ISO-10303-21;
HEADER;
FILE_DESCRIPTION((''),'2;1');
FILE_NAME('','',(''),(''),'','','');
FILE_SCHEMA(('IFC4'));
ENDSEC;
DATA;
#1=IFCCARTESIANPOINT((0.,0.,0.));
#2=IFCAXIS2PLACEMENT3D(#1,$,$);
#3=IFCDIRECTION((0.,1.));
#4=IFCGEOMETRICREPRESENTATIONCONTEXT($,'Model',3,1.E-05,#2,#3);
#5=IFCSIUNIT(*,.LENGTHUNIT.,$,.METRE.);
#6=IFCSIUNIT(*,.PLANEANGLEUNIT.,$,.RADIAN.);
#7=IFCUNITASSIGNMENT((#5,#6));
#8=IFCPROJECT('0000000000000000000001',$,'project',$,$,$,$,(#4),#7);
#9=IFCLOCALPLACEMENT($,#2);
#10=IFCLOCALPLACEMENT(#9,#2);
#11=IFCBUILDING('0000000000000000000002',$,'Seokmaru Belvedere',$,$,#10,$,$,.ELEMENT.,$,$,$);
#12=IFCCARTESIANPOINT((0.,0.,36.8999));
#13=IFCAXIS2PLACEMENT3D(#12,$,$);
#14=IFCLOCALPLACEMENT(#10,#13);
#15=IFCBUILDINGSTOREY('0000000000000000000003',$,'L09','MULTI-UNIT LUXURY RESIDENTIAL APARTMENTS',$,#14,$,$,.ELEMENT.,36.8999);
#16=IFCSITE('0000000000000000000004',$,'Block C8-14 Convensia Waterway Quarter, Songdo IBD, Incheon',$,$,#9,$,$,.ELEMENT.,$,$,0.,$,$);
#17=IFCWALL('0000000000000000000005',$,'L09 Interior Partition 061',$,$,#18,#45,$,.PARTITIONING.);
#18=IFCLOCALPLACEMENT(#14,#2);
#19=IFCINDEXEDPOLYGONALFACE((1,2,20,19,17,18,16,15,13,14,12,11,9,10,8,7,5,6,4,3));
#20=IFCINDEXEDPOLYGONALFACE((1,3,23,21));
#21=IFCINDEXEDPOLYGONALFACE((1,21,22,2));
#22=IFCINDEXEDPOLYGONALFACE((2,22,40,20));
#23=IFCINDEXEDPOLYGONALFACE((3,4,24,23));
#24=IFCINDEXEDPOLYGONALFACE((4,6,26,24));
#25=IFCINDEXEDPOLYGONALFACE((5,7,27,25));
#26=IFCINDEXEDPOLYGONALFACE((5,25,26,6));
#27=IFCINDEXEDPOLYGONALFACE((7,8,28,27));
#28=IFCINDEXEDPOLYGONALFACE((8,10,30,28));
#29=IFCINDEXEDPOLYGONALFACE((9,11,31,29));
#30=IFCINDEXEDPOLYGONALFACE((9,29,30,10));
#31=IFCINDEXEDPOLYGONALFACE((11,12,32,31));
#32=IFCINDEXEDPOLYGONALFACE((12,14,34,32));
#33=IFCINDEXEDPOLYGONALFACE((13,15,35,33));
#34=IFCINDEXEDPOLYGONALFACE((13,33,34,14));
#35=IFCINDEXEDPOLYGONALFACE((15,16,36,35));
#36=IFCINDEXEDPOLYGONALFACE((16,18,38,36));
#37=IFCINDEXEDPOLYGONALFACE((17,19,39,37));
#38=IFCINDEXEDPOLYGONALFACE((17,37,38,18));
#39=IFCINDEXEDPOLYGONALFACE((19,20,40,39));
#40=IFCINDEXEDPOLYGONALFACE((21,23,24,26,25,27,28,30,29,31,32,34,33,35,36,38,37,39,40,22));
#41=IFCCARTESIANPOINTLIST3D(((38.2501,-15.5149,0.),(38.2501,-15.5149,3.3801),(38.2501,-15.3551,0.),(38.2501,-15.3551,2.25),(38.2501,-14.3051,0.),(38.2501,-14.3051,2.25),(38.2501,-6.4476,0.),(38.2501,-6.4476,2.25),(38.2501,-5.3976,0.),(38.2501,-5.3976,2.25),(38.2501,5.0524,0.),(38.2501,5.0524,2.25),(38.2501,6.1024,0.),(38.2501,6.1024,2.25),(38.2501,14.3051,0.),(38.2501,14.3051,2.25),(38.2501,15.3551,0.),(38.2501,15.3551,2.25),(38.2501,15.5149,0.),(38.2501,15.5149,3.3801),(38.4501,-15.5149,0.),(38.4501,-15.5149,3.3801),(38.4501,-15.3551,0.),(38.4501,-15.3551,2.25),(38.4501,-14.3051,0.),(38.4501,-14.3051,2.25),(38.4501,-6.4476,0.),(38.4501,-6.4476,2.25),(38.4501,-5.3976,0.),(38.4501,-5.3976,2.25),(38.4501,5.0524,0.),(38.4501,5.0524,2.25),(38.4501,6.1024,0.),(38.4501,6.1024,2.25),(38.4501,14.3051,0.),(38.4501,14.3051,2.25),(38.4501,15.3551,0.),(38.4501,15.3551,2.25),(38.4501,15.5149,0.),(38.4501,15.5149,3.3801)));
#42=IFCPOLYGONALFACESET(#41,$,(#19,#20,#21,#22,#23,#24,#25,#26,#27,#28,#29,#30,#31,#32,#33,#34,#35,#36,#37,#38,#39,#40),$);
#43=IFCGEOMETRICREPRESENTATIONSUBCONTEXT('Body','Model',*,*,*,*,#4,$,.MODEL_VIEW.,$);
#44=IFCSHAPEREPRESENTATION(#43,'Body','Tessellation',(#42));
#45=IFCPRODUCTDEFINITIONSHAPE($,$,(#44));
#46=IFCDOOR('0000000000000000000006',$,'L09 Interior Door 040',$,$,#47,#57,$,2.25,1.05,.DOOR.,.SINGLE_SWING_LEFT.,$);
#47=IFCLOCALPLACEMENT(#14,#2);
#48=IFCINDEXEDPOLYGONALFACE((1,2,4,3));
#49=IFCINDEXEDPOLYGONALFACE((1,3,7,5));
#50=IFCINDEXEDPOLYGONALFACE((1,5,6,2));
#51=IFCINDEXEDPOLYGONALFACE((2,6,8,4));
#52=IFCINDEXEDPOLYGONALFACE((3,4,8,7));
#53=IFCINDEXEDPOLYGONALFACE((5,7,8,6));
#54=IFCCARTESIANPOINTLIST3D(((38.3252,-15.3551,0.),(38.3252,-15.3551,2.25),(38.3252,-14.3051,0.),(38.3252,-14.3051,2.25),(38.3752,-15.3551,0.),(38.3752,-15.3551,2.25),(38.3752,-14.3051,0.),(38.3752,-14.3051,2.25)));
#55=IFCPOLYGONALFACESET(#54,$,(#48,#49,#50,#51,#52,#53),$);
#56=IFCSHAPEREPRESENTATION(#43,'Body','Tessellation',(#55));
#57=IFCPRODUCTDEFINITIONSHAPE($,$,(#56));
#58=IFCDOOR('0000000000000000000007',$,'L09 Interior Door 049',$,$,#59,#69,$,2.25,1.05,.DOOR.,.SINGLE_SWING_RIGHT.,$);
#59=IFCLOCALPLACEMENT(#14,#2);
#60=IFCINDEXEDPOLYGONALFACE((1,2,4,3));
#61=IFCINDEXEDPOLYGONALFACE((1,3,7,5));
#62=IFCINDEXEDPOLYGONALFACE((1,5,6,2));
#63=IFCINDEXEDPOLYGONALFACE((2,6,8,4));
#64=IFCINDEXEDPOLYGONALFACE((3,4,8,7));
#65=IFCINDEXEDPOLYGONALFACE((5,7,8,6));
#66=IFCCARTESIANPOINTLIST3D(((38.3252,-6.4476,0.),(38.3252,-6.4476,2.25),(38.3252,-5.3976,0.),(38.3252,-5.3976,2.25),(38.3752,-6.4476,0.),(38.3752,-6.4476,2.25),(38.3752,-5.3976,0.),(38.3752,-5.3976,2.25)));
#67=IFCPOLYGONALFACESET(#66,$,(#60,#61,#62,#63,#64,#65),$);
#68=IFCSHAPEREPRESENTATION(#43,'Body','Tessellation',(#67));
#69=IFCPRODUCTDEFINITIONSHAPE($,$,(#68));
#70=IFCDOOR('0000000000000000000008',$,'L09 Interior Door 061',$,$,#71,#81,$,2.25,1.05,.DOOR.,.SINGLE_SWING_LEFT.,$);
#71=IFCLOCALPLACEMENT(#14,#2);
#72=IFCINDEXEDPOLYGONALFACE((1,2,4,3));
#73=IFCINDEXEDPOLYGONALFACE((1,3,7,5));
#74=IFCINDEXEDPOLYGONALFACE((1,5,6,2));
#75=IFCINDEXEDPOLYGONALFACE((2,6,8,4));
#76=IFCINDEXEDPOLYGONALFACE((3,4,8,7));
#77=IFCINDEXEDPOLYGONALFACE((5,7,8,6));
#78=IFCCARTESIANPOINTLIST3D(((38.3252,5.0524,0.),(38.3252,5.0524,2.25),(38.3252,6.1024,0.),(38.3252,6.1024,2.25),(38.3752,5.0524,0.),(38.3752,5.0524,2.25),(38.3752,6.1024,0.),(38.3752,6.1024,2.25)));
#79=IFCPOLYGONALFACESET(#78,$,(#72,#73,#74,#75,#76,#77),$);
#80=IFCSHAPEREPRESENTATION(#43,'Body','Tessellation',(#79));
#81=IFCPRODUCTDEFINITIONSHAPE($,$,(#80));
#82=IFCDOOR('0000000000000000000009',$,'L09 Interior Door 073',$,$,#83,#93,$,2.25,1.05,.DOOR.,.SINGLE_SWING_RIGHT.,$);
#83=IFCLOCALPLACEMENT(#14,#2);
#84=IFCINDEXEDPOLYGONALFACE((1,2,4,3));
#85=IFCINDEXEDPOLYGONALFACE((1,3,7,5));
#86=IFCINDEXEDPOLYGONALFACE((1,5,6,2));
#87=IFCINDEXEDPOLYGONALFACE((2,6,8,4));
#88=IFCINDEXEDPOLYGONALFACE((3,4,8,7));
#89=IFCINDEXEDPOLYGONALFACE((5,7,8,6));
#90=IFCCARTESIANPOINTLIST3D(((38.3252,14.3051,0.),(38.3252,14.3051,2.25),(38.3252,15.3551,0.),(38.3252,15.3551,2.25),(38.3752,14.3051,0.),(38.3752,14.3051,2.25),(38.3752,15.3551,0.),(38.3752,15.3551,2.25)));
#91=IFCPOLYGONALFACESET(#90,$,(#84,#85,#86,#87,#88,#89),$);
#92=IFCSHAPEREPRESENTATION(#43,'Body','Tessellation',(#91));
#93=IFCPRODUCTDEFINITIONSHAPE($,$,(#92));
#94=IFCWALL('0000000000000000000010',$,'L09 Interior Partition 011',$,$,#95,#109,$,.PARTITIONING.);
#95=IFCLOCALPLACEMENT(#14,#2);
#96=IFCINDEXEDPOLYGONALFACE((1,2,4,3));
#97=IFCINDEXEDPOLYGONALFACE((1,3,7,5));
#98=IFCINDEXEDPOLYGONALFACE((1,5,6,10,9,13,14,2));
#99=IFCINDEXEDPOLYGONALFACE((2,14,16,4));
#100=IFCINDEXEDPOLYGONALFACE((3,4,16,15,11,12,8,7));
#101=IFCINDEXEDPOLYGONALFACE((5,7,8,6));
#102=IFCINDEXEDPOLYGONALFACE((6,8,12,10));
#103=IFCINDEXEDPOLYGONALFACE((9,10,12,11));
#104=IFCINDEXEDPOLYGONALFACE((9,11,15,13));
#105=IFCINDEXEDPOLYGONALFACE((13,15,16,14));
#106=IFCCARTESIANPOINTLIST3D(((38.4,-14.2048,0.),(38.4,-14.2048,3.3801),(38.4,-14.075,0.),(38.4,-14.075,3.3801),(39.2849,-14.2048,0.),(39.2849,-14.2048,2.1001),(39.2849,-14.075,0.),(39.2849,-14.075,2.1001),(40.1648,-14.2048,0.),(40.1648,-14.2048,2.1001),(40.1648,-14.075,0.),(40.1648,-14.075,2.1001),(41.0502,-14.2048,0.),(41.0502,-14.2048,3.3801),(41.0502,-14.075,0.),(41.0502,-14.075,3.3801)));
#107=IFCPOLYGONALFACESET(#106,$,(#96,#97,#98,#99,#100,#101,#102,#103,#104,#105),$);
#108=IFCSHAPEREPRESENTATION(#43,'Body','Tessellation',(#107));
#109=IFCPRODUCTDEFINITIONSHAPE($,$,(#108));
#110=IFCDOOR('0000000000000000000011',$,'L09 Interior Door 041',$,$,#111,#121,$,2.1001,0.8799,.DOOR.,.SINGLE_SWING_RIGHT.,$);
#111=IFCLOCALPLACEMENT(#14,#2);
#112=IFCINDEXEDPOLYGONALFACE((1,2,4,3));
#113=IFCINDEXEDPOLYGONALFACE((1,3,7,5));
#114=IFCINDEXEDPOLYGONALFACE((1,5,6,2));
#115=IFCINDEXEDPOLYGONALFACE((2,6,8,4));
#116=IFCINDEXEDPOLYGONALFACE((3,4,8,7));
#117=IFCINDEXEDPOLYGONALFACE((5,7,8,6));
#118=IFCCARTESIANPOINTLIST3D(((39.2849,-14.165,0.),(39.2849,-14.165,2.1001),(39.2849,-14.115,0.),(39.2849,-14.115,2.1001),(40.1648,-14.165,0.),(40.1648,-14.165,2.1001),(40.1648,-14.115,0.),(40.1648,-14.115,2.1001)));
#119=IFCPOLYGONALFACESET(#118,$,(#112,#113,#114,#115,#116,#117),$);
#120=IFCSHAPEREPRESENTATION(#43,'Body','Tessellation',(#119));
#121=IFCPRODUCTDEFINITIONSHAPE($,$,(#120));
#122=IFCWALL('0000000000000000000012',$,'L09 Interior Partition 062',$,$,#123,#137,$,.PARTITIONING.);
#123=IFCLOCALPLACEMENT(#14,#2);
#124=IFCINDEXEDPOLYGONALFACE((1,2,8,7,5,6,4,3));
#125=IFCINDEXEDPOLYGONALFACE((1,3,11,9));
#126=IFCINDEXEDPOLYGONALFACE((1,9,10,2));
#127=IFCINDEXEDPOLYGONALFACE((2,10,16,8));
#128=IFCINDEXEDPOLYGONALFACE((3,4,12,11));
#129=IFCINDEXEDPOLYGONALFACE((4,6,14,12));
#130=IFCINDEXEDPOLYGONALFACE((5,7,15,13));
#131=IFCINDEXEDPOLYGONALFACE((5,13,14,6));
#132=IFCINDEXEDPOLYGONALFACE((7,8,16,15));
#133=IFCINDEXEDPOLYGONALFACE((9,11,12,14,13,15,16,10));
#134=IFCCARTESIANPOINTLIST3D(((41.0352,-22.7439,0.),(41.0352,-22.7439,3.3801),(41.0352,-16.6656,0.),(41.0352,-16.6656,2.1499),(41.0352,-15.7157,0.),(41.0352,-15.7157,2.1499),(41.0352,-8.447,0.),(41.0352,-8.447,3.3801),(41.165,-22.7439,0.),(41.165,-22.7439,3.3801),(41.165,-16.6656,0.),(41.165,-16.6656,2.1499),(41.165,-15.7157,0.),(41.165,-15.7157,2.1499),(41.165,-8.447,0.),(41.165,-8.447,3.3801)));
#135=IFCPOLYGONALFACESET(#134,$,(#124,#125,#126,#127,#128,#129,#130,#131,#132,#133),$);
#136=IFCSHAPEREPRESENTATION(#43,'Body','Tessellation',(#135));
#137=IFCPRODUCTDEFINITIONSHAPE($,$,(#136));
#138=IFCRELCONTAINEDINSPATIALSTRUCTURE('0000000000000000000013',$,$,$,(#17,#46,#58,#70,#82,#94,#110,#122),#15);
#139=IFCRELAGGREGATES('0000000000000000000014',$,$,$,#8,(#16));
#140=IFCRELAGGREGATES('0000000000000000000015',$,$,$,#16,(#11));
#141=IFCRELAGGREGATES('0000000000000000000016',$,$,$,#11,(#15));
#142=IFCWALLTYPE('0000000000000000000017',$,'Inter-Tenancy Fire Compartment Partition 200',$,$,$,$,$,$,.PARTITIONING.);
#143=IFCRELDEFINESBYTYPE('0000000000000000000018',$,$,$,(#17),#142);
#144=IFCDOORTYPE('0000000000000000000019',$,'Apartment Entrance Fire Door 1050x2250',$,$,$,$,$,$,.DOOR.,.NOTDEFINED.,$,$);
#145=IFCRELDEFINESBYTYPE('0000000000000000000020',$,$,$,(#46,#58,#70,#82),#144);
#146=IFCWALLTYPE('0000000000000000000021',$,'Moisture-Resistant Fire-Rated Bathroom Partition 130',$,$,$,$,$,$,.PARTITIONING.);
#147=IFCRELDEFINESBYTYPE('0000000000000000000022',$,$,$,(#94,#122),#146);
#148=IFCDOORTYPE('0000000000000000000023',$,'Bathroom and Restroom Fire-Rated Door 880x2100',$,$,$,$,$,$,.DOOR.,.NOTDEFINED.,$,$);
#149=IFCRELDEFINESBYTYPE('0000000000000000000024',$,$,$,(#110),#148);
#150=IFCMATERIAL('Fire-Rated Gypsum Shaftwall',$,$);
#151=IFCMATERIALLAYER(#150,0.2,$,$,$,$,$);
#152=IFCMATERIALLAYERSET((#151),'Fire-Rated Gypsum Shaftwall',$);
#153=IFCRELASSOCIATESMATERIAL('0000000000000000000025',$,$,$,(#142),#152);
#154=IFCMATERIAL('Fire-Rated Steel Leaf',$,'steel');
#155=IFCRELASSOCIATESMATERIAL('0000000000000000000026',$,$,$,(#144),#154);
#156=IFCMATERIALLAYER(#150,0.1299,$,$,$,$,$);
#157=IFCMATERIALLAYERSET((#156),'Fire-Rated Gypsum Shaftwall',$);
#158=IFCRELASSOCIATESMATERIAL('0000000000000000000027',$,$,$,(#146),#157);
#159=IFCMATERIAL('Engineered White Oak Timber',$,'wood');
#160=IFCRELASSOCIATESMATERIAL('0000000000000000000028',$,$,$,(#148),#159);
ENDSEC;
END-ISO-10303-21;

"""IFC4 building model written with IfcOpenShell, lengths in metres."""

from ifc_helpers import new_model, si_unit, direction, frame, frame_2d, origin, place, context, subcontext, project, spatial, rectangle, extrude, source, transform, mapped, material, layer, layer_set, type_object, type_shapes, element, fill, save


model = new_model("IFC4")

# Units and contexts
model_context = context("Model", 3, precision=1e-05, world=origin(), true_north=direction((0.0, 1.0)))
body_context = subcontext(model_context, "Body", "Model", "MODEL_VIEW")
ifc_project = project(units=[si_unit("LENGTHUNIT", "METRE"), si_unit("PLANEANGLEUNIT", "RADIAN")], contexts=[model_context])

# Site, building, storey
site_placement = place(None, origin())
site = spatial("IfcSite", under=ifc_project, at=site_placement, Name="Block C8-14 Convensia Waterway Quarter, Songdo IBD, Incheon", CompositionType="ELEMENT", RefElevation=0.0)
building_placement = place(site_placement, origin())
building = spatial("IfcBuilding", under=site, at=building_placement, Name="Seokmaru Belvedere", CompositionType="ELEMENT")
storey_placement = place(building_placement, frame((0.0, 0.0, 36.8999)))
storey = spatial("IfcBuildingStorey", under=building, at=storey_placement, Name="L09", Description="MULTI-UNIT LUXURY RESIDENTIAL APARTMENTS", CompositionType="ELEMENT", Elevation=36.8999)

# Shared definitions
ifc_material_1 = material(Name="Fire-Rated Gypsum Shaftwall")

# Shared definitions
ifc_material_2 = material(Name="Engineered White Oak Timber", Category="wood")

# Wall, openings, doors
ifc_layer_1 = layer(ifc_material_1, 0.2)
ifc_layer_set_1 = layer_set([ifc_layer_1], Name="Fire-Rated Gypsum Shaftwall")
wall_type_1 = type_object("IfcWallType", Name="Inter-Tenancy Fire Compartment Partition 200", PredefinedType="PARTITIONING", material=ifc_layer_set_1)
wall_1_placement = place(storey_placement, frame((38.3501, -15.5149, 0.0), z_axis=(0.0, 0.0, 1.0), x_axis=(0.0, 1.0, 0.0)))
wall_1 = element("IfcWall", 1, at=wall_1_placement, inside=storey, type_object=wall_type_1, Name="L09 Interior Partition 061", PredefinedType="PARTITIONING", context=body_context, shape_type="SweptSolid", body=[
    extrude(rectangle(XDim=31.0298, YDim=0.2, at=frame_2d((15.5149, 0.0))), origin(), (0.0, 0.0, 1.0), 3.3801),
])
opening_1_placement = place(wall_1_placement, frame((0.1599, 0.0, 0.0)))
opening_1 = element("IfcOpeningElement", 2, at=opening_1_placement, cuts=wall_1, PredefinedType="OPENING", context=body_context, shape_type="SweptSolid", body=[
    extrude(rectangle(XDim=1.05, YDim=2.25, at=frame_2d((0.5249, 1.125))), frame((0.0, 0.1099, 0.0), z_axis=(0.0, -1.0, 0.0), x_axis=(1.0, 0.0, 0.0)), (0.0, 0.0, 1.0), 0.22),
])
opening_2_placement = place(wall_1_placement, frame((9.0674, 0.0, 0.0)))
opening_2 = element("IfcOpeningElement", 3, at=opening_2_placement, cuts=wall_1, PredefinedType="OPENING", context=body_context, shape_type="SweptSolid", body=[
    extrude(rectangle(XDim=1.05, YDim=2.25, at=frame_2d((0.5249, 1.125))), frame((0.0, 0.1099, 0.0), z_axis=(0.0, -1.0, 0.0), x_axis=(1.0, 0.0, 0.0)), (0.0, 0.0, 1.0), 0.22),
])
opening_3_placement = place(wall_1_placement, frame((20.5674, 0.0, 0.0)))
opening_3 = element("IfcOpeningElement", 4, at=opening_3_placement, cuts=wall_1, PredefinedType="OPENING", context=body_context, shape_type="SweptSolid", body=[
    extrude(rectangle(XDim=1.05, YDim=2.25, at=frame_2d((0.5249, 1.125))), frame((0.0, 0.1099, 0.0), z_axis=(0.0, -1.0, 0.0), x_axis=(1.0, 0.0, 0.0)), (0.0, 0.0, 1.0), 0.22),
])
opening_4_placement = place(wall_1_placement, frame((29.8201, 0.0, 0.0)))
opening_4 = element("IfcOpeningElement", 5, at=opening_4_placement, cuts=wall_1, PredefinedType="OPENING", context=body_context, shape_type="SweptSolid", body=[
    extrude(rectangle(XDim=1.05, YDim=2.25, at=frame_2d((0.5249, 1.125))), frame((0.0, 0.1099, 0.0), z_axis=(0.0, -1.0, 0.0), x_axis=(1.0, 0.0, 0.0)), (0.0, 0.0, 1.0), 0.22),
])
ifc_material_3 = material(Name="Fire-Rated Steel Leaf", Category="steel")
door_type_1 = type_object("IfcDoorType", Name="Apartment Entrance Fire Door 1050x2250", OperationType="NOTDEFINED", PredefinedType="DOOR", material=ifc_material_3)
shared_shape_1 = source(origin(), body_context, "Body", "SweptSolid", [
    extrude(rectangle(XDim=1.05, YDim=2.25, at=frame_2d((0.5249, 1.125))), frame((0.0, 0.0249, 0.0), z_axis=(0.0, -1.0, 0.0), x_axis=(1.0, 0.0, 0.0)), (0.0, 0.0, 1.0), 0.05),
])
type_shapes(door_type_1, [shared_shape_1])
door_1_placement = place(opening_1_placement, origin())
door_1 = element("IfcDoor", 6, at=door_1_placement, inside=storey, type_object=door_type_1, Name="L09 Interior Door 040", OperationType="SINGLE_SWING_LEFT", OverallHeight=2.25, OverallWidth=1.05, PredefinedType="DOOR", context=body_context, shape_type="MappedRepresentation", body=[
    mapped(shared_shape_1, transform((0.0, 0.0, 0.0), scale=1.0)),
])
fill(opening_1, door_1)
door_2_placement = place(opening_2_placement, origin())
door_2 = element("IfcDoor", 7, at=door_2_placement, inside=storey, type_object=door_type_1, Name="L09 Interior Door 049", OperationType="SINGLE_SWING_RIGHT", OverallHeight=2.25, OverallWidth=1.05, PredefinedType="DOOR", context=body_context, shape_type="MappedRepresentation", body=[
    mapped(shared_shape_1, transform((0.0, 0.0, 0.0), scale=1.0)),
])
fill(opening_2, door_2)
door_3_placement = place(opening_3_placement, origin())
door_3 = element("IfcDoor", 8, at=door_3_placement, inside=storey, type_object=door_type_1, Name="L09 Interior Door 061", OperationType="SINGLE_SWING_LEFT", OverallHeight=2.25, OverallWidth=1.05, PredefinedType="DOOR", context=body_context, shape_type="MappedRepresentation", body=[
    mapped(shared_shape_1, transform((0.0, 0.0, 0.0), scale=1.0)),
])
fill(opening_3, door_3)
door_4_placement = place(opening_4_placement, origin())
door_4 = element("IfcDoor", 9, at=door_4_placement, inside=storey, type_object=door_type_1, Name="L09 Interior Door 073", OperationType="SINGLE_SWING_RIGHT", OverallHeight=2.25, OverallWidth=1.05, PredefinedType="DOOR", context=body_context, shape_type="MappedRepresentation", body=[
    mapped(shared_shape_1, transform((0.0, 0.0, 0.0), scale=1.0)),
])
fill(opening_4, door_4)

# Wall, opening, door
ifc_layer_2 = layer(ifc_material_1, 0.1299)
ifc_layer_set_2 = layer_set([ifc_layer_2], Name="Fire-Rated Gypsum Shaftwall")
wall_type_2 = type_object("IfcWallType", Name="Moisture-Resistant Fire-Rated Bathroom Partition 130", PredefinedType="PARTITIONING", material=ifc_layer_set_2)
wall_2_placement = place(storey_placement, frame((38.3999, -14.1399, 0.0), z_axis=(0.0, 0.0, 1.0), x_axis=(1.0, 0.0, 0.0)))
wall_2 = element("IfcWall", 10, at=wall_2_placement, inside=storey, type_object=wall_type_2, Name="L09 Interior Partition 011", PredefinedType="PARTITIONING", context=body_context, shape_type="SweptSolid", body=[
    extrude(rectangle(XDim=2.6501, YDim=0.1299, at=frame_2d((1.3252, 0.0))), origin(), (0.0, 0.0, 1.0), 3.3801),
])
opening_5_placement = place(wall_2_placement, frame((0.885, 0.0, 0.0)))
opening_5 = element("IfcOpeningElement", 11, at=opening_5_placement, cuts=wall_2, PredefinedType="OPENING", context=body_context, shape_type="SweptSolid", body=[
    extrude(rectangle(XDim=0.8799, YDim=2.1001, at=frame_2d((0.4399, 1.05))), frame((0.0, 0.075, 0.0), z_axis=(0.0, -1.0, 0.0), x_axis=(1.0, 0.0, 0.0)), (0.0, 0.0, 1.0), 0.1499),
])
door_type_2 = type_object("IfcDoorType", Name="Bathroom and Restroom Fire-Rated Door 880x2100", OperationType="NOTDEFINED", PredefinedType="DOOR", material=ifc_material_2)
shared_shape_2 = source(origin(), body_context, "Body", "SweptSolid", [
    extrude(rectangle(XDim=0.8799, YDim=2.1001, at=frame_2d((0.4399, 1.05))), frame((0.0, 0.0249, 0.0), z_axis=(0.0, -1.0, 0.0), x_axis=(1.0, 0.0, 0.0)), (0.0, 0.0, 1.0), 0.05),
])
type_shapes(door_type_2, [shared_shape_2])
door_5_placement = place(opening_5_placement, origin())
door_5 = element("IfcDoor", 12, at=door_5_placement, inside=storey, type_object=door_type_2, Name="L09 Interior Door 041", OperationType="SINGLE_SWING_RIGHT", OverallHeight=2.1001, OverallWidth=0.8799, PredefinedType="DOOR", context=body_context, shape_type="MappedRepresentation", body=[
    mapped(shared_shape_2, transform((0.0, 0.0, 0.0), scale=1.0)),
])
fill(opening_5, door_5)

# Wall, opening
wall_3_placement = place(storey_placement, frame((41.1001, -22.7439, 0.0), z_axis=(0.0, 0.0, 1.0), x_axis=(0.0, 1.0, 0.0)))
wall_3 = element("IfcWall", 13, at=wall_3_placement, inside=storey, type_object=wall_type_2, Name="L09 Interior Partition 062", PredefinedType="PARTITIONING", context=body_context, shape_type="SweptSolid", body=[
    extrude(rectangle(XDim=14.2969, YDim=0.1299, at=frame_2d((7.1484, 0.0))), origin(), (0.0, 0.0, 1.0), 3.3801),
])
opening_6_placement = place(wall_3_placement, frame((6.0781, 0.0, 0.0)))
element("IfcOpeningElement", 14, at=opening_6_placement, cuts=wall_3, PredefinedType="OPENING", context=body_context, shape_type="SweptSolid", body=[
    extrude(rectangle(XDim=0.95, YDim=2.1499, at=frame_2d((0.4751, 1.075))), frame((0.0, 0.075, 0.0), z_axis=(0.0, -1.0, 0.0), x_axis=(1.0, 0.0, 0.0)), (0.0, 0.0, 1.0), 0.1499),
])

save(model, "model.ifc")
